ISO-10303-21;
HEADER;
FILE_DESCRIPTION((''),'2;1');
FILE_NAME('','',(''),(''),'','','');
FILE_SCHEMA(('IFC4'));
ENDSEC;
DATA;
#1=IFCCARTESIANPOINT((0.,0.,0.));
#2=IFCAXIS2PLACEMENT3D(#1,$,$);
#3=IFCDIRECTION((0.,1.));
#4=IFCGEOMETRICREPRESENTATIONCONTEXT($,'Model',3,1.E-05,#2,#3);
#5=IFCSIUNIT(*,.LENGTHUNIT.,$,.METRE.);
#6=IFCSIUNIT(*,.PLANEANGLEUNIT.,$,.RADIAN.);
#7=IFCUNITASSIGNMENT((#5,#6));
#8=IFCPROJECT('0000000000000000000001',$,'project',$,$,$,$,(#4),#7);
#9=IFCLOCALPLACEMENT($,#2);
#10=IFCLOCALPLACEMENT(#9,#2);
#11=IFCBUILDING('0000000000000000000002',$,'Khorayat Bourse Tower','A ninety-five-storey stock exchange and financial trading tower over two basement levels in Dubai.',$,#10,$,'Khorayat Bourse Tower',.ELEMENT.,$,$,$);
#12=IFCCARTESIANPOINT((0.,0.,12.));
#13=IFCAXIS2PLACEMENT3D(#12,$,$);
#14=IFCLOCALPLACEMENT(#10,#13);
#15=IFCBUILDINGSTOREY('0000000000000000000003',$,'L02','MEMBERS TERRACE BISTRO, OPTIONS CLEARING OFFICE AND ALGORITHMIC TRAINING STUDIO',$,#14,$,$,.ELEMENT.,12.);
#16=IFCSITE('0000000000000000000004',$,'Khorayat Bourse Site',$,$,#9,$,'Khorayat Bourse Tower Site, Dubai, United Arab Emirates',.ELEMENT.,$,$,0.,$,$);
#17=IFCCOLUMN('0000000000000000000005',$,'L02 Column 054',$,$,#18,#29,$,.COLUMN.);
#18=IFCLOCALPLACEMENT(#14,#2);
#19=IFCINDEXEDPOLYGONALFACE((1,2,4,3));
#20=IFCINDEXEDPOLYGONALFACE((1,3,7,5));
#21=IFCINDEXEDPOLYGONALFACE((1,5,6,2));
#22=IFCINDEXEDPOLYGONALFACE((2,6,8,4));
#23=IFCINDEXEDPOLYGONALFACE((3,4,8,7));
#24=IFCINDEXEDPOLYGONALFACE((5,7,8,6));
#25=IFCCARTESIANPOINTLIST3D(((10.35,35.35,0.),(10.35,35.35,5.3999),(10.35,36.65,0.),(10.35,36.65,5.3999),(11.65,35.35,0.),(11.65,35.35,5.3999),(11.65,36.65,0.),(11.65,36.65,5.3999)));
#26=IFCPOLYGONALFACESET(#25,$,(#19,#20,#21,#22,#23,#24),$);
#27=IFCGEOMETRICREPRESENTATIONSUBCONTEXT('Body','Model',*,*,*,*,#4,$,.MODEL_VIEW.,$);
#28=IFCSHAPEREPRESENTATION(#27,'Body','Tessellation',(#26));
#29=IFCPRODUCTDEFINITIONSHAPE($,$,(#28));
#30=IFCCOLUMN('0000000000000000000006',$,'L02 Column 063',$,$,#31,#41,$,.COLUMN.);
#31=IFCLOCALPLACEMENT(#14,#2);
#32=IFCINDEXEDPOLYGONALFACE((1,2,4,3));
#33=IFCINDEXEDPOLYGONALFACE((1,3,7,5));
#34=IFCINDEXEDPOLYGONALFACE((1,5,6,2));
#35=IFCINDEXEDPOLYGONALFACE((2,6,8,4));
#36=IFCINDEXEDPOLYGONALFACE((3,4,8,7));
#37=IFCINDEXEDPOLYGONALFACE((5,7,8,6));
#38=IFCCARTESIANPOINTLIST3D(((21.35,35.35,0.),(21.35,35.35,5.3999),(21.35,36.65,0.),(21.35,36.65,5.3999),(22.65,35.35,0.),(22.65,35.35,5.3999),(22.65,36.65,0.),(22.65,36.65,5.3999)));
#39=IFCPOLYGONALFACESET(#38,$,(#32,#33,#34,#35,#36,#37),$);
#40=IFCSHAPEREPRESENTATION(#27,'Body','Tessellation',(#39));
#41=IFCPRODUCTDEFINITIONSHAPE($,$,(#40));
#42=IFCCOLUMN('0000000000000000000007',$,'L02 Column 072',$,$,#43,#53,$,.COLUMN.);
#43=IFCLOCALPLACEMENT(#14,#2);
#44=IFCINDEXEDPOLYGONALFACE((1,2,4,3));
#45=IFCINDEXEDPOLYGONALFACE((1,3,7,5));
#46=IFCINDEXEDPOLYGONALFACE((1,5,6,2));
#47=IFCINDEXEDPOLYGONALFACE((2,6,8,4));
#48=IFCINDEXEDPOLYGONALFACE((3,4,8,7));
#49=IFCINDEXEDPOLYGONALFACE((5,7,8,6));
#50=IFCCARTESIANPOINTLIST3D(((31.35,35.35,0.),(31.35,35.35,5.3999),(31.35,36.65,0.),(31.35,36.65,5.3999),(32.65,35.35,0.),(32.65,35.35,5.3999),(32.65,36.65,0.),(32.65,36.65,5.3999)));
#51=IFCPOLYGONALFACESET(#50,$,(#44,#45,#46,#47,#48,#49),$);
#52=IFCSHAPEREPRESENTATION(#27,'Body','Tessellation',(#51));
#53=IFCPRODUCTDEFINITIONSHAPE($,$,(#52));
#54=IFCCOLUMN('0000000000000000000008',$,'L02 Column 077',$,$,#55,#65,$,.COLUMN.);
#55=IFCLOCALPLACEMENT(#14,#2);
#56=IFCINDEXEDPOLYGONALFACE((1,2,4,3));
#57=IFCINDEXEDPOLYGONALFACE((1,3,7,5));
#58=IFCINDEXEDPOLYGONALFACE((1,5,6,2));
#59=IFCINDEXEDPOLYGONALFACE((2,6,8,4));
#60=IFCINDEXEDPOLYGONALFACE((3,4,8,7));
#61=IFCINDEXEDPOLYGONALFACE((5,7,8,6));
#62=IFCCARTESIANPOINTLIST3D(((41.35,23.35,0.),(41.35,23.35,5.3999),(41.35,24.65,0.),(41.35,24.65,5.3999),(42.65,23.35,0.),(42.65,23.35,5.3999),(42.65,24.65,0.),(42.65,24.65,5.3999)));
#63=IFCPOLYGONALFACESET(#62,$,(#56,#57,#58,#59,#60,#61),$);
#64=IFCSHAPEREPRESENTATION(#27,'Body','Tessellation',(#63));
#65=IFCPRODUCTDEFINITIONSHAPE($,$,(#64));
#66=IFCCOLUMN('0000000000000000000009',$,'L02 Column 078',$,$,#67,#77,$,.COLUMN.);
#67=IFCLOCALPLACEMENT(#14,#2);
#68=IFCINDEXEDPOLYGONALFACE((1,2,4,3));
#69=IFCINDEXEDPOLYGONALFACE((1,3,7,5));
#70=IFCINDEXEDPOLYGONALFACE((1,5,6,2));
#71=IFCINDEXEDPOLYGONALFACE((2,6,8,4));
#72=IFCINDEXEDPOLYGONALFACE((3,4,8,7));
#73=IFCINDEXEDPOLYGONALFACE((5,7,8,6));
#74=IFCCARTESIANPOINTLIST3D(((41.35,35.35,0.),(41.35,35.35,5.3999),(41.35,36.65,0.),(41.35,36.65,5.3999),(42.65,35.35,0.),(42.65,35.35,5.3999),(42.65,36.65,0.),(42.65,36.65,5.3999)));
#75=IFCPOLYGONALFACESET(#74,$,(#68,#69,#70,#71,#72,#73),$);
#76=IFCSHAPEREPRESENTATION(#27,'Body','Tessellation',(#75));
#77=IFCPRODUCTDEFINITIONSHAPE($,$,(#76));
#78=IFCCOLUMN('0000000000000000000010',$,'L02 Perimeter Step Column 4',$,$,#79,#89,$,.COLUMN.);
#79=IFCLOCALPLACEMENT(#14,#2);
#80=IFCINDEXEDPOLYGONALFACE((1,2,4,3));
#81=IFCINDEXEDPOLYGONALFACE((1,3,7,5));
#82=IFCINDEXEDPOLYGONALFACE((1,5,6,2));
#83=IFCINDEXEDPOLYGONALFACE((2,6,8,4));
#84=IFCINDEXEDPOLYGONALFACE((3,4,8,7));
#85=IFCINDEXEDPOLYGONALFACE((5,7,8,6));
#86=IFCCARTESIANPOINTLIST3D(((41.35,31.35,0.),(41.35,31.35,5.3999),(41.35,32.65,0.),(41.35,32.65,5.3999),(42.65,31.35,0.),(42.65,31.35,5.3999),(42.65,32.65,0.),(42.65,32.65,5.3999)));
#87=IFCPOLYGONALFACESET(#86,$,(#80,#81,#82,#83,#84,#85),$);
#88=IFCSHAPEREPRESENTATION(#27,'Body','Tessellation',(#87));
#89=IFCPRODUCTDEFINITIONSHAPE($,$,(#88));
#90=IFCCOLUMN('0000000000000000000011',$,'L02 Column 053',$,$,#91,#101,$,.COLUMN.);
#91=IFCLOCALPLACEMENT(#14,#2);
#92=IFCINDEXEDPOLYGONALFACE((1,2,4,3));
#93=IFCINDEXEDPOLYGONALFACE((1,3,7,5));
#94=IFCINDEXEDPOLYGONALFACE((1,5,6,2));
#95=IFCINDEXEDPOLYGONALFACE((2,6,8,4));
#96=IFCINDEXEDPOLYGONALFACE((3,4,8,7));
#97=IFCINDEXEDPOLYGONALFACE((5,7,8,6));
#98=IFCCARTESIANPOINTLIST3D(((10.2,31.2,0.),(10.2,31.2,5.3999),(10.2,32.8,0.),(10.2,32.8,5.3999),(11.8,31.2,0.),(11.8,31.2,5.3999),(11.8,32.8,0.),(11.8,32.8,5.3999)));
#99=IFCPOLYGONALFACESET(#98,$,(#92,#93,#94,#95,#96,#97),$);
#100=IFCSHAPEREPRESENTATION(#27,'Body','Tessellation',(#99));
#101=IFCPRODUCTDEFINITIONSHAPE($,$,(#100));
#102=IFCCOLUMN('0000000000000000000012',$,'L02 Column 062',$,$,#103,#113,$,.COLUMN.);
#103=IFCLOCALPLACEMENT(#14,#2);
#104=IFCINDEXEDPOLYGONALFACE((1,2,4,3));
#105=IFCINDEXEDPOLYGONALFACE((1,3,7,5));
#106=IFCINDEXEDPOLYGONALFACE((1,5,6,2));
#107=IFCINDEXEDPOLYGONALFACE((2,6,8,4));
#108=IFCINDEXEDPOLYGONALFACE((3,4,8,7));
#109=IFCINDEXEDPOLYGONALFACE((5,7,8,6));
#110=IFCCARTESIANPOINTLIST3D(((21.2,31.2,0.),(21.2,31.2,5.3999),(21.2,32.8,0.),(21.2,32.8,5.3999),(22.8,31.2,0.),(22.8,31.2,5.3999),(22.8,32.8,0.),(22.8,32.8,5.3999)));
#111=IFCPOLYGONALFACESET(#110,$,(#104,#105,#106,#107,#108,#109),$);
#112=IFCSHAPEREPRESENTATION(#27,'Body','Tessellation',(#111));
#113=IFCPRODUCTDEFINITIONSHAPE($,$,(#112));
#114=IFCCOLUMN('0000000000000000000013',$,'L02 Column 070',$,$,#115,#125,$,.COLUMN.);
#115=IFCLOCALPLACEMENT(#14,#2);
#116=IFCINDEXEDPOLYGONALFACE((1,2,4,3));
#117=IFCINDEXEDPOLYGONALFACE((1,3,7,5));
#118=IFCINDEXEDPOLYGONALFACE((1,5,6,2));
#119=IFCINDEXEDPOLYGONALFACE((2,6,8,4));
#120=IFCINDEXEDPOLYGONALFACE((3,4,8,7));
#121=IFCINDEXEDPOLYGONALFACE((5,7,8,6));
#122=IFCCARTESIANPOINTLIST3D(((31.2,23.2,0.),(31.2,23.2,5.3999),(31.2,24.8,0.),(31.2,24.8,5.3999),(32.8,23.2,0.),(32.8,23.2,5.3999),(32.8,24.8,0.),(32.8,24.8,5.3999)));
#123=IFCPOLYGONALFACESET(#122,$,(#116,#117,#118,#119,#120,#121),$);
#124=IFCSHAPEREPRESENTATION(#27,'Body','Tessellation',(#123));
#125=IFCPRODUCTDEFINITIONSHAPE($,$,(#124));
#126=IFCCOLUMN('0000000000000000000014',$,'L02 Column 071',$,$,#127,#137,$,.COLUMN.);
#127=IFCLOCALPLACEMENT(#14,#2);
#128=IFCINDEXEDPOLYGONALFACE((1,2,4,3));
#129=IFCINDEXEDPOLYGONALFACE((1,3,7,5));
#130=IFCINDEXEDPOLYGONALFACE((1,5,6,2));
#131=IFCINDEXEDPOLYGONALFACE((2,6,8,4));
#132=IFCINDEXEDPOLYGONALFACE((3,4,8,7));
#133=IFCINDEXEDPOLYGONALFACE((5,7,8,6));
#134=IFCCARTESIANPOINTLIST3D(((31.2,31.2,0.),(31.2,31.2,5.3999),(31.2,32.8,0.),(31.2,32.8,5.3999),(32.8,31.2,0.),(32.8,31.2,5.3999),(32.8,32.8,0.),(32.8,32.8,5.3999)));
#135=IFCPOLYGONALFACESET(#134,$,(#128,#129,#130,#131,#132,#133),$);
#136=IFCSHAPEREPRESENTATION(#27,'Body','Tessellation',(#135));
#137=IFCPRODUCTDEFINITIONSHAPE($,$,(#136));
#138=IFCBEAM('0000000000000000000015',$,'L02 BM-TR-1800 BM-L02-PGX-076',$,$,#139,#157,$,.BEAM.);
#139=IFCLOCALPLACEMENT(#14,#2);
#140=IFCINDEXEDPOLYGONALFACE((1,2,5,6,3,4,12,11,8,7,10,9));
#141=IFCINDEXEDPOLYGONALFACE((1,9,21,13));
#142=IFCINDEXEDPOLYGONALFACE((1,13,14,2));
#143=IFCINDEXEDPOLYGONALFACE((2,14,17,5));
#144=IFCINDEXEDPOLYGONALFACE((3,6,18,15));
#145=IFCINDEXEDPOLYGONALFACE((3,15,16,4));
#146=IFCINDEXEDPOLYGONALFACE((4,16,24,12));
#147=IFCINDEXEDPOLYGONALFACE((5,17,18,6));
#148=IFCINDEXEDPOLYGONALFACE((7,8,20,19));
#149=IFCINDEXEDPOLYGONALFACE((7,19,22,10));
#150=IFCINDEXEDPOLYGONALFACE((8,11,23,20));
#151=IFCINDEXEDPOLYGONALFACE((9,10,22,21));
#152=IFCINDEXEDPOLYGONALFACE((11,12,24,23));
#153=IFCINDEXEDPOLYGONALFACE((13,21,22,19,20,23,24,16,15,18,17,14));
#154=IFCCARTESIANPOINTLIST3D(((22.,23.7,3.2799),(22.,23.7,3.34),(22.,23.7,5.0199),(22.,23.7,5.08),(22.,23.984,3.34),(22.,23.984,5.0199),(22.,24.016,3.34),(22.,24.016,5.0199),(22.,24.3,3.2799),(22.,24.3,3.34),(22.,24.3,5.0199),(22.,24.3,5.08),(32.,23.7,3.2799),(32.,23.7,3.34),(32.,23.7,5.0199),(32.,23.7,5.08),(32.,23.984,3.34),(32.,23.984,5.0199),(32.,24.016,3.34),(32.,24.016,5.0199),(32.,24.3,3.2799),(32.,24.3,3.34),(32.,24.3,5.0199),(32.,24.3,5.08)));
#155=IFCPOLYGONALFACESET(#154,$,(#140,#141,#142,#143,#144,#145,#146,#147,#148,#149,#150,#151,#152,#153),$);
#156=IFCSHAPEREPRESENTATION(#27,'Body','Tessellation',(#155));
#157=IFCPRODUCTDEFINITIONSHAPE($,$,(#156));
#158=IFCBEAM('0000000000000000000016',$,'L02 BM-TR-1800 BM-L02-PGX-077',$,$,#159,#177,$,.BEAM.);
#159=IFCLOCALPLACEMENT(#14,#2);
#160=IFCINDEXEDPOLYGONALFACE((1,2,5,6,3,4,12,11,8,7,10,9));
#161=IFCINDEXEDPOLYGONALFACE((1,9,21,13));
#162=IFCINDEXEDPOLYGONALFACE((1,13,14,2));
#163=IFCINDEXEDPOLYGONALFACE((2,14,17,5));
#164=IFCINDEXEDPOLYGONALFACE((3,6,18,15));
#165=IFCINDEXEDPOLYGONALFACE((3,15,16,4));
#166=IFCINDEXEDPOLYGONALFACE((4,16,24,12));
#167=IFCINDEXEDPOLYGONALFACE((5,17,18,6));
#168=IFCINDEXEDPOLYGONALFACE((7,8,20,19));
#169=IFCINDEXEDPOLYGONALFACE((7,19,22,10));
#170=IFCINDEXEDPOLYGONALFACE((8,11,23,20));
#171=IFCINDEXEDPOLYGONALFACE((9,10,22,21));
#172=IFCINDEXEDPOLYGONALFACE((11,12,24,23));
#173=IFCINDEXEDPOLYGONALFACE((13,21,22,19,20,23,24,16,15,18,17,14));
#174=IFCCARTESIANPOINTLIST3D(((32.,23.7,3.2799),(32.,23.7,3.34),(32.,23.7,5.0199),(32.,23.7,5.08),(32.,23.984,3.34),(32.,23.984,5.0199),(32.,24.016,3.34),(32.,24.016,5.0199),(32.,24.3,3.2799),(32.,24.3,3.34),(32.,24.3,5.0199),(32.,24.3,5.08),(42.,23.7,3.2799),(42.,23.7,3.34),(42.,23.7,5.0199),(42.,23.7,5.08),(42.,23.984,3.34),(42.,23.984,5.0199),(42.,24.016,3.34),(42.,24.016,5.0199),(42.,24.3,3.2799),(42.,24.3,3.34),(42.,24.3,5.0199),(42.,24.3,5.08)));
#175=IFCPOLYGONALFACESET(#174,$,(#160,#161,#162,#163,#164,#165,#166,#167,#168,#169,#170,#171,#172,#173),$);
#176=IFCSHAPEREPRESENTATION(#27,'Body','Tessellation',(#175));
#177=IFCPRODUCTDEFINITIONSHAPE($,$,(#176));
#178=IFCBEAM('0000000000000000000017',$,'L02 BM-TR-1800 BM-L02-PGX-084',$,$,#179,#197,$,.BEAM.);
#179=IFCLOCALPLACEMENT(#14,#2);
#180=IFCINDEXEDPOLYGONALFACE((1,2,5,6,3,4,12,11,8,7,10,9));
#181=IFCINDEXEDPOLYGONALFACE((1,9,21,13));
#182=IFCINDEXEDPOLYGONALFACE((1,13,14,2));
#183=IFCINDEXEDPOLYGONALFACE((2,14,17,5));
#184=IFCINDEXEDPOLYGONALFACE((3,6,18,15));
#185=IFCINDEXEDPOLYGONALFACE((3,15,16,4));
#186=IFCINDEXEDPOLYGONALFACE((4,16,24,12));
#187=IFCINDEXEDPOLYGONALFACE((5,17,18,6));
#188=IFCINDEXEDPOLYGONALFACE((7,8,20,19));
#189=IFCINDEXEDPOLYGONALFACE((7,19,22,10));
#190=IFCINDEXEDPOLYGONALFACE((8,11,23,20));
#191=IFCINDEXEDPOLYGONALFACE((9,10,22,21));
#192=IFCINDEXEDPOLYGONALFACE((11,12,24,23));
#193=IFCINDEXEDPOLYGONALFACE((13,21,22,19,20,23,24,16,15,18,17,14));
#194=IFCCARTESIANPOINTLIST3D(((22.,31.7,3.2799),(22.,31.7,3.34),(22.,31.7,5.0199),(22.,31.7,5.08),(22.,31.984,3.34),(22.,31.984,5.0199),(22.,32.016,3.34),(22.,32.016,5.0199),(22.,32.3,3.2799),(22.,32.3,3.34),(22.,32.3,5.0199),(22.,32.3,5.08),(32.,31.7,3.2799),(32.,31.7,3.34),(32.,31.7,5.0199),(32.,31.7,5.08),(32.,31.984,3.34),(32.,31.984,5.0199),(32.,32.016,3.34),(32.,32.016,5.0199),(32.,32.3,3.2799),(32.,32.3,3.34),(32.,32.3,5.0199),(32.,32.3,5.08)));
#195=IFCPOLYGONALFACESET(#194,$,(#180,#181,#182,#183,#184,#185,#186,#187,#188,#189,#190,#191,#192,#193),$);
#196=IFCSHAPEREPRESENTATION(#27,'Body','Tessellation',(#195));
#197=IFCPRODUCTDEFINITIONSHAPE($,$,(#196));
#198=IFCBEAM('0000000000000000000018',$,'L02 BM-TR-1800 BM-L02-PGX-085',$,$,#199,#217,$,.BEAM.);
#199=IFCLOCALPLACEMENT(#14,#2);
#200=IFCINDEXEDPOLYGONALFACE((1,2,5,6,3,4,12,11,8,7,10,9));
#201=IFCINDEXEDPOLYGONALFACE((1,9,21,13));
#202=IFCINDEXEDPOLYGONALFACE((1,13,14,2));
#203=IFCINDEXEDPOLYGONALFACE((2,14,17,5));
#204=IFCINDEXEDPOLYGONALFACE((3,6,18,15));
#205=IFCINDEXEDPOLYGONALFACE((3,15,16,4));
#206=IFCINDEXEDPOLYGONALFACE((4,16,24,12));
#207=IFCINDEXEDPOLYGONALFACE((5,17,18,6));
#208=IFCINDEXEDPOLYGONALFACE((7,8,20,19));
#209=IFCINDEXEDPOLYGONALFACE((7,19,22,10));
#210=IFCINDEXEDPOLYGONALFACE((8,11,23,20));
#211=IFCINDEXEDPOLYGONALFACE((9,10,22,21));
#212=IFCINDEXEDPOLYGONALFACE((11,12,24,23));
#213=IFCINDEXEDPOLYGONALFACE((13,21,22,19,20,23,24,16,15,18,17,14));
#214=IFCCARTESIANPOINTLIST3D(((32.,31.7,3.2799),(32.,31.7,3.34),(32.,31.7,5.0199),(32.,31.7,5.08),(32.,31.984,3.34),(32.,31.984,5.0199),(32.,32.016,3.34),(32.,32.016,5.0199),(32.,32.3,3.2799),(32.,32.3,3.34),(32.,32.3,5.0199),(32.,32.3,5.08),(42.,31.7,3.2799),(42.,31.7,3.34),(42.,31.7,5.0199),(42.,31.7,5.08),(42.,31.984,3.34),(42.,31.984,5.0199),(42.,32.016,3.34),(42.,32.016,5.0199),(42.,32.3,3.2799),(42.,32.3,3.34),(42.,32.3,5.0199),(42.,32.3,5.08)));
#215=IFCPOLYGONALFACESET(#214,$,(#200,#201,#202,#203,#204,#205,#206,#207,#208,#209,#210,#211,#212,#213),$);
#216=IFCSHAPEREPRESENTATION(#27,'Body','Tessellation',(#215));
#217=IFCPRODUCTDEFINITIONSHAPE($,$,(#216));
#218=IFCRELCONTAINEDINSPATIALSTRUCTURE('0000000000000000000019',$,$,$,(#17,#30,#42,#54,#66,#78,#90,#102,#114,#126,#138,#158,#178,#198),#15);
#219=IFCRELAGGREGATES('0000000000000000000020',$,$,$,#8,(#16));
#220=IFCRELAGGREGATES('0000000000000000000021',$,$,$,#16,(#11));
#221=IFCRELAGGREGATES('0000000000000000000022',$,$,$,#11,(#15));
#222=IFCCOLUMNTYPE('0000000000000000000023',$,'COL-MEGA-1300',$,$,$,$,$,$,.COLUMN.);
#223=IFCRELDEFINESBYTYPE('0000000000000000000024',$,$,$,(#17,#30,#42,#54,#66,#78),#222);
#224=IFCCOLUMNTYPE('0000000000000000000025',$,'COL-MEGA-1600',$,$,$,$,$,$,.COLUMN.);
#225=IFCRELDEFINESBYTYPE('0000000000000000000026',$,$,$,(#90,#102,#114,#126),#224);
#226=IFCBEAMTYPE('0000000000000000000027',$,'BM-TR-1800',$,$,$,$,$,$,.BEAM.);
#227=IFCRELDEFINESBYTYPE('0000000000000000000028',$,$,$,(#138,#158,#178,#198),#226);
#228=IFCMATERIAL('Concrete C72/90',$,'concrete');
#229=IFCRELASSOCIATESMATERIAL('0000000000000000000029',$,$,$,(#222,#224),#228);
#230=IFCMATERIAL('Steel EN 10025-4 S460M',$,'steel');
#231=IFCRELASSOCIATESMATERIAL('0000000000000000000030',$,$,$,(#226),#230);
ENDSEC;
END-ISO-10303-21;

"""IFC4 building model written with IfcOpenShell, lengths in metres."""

from ifc_helpers import new_model, si_unit, direction, frame, origin, origin_2d, place, context, subcontext, project, spatial, rectangle, i_section, extrude, source, transform, mapped, material, material_profile, profile_set, type_object, element, save


model = new_model("IFC4")

# Units and contexts
model_context = context("Model", 3, precision=1e-05, world=origin(), true_north=direction((0.0, 1.0)))
body_context = subcontext(model_context, "Body", "Model", "MODEL_VIEW")
ifc_project = project(units=[si_unit("LENGTHUNIT", "METRE"), si_unit("PLANEANGLEUNIT", "RADIAN")], contexts=[model_context])

# Site, building, storey
site_placement = place(None, origin())
site = spatial("IfcSite", under=ifc_project, at=site_placement, Name="Khorayat Bourse Site", LongName="Khorayat Bourse Tower Site, Dubai, United Arab Emirates", CompositionType="ELEMENT", RefElevation=0.0)
building_placement = place(site_placement, origin())
building = spatial("IfcBuilding", under=site, at=building_placement, Name="Khorayat Bourse Tower", Description="A ninety-five-storey stock exchange and financial trading tower over two basement levels in Dubai.", LongName="Khorayat Bourse Tower", CompositionType="ELEMENT")
storey_placement = place(building_placement, frame((0.0, 0.0, 12.0)))
storey = spatial("IfcBuildingStorey", under=building, at=storey_placement, Name="L02", Description="MEMBERS TERRACE BISTRO, OPTIONS CLEARING OFFICE AND ALGORITHMIC TRAINING STUDIO", CompositionType="ELEMENT", Elevation=12.0)

# Columns
ifc_material_1 = material(Name="Concrete C72/90", Category="concrete")
ifc_material_profile_1 = material_profile(ifc_material_1, rectangle(XDim=1.3, YDim=1.3, at=origin_2d()), Name="RC 1300x1300")
ifc_profile_set_1 = profile_set([ifc_material_profile_1], Name="Concrete C72/90")
column_type_1 = type_object("IfcColumnType", Name="COL-MEGA-1300", PredefinedType="COLUMN", material=ifc_profile_set_1)
shared_shape_1 = source(origin(), body_context, "Body", "SweptSolid", [
    extrude(rectangle(XDim=1.3, YDim=1.3, at=origin_2d()), origin(), (0.0, 0.0, 1.0), 5.3999),
])
for number, where, z_axis, x_axis, name in (
    (1, (11.0, 36.0, 0.0), (0.0, 0.0, 1.0), (1.0, 0.0, 0.0), "L02 Column 054"),
    (2, (22.0, 36.0, 0.0), (0.0, 0.0, 1.0), (1.0, 0.0, 0.0), "L02 Column 063"),
    (3, (32.0, 36.0, 0.0), (0.0, 0.0, 1.0), (1.0, 0.0, 0.0), "L02 Column 072"),
    (4, (42.0, 24.0, 0.0), (0.0, 0.0, 1.0), (1.0, 0.0, 0.0), "L02 Column 077"),
    (5, (42.0, 36.0, 0.0), (0.0, 0.0, 1.0), (1.0, 0.0, 0.0), "L02 Column 078"),
    (6, (42.0, 32.0, 0.0), (0.0, 0.0, 1.0), (1.0, 0.0, 0.0), "L02 Perimeter Step Column 4"),
):
    element("IfcColumn", number, at=place(storey_placement, frame(where, z_axis=z_axis, x_axis=x_axis)), inside=storey, type_object=column_type_1, Name=name, PredefinedType="COLUMN", context=body_context, shape_type="MappedRepresentation", body=[
        mapped(shared_shape_1, transform((0.0, 0.0, 0.0), scale=1.0)),
    ])
ifc_material_profile_2 = material_profile(ifc_material_1, rectangle(XDim=1.6001, YDim=1.6001, at=origin_2d()), Name="RC 1600x1600")
ifc_profile_set_2 = profile_set([ifc_material_profile_2], Name="Concrete C72/90")
column_type_2 = type_object("IfcColumnType", Name="COL-MEGA-1600", PredefinedType="COLUMN", material=ifc_profile_set_2)
shared_shape_2 = source(origin(), body_context, "Body", "SweptSolid", [
    extrude(rectangle(XDim=1.6001, YDim=1.6001, at=origin_2d()), origin(), (0.0, 0.0, 1.0), 5.3999),
])
for number, where, z_axis, x_axis, name in (
    (7, (11.0, 32.0, 0.0), (0.0, 0.0, 1.0), (1.0, 0.0, 0.0), "L02 Column 053"),
    (8, (22.0, 32.0, 0.0), (0.0, 0.0, 1.0), (1.0, 0.0, 0.0), "L02 Column 062"),
    (9, (32.0, 24.0, 0.0), (0.0, 0.0, 1.0), (1.0, 0.0, 0.0), "L02 Column 070"),
    (10, (32.0, 32.0, 0.0), (0.0, 0.0, 1.0), (1.0, 0.0, 0.0), "L02 Column 071"),
):
    element("IfcColumn", number, at=place(storey_placement, frame(where, z_axis=z_axis, x_axis=x_axis)), inside=storey, type_object=column_type_2, Name=name, PredefinedType="COLUMN", context=body_context, shape_type="MappedRepresentation", body=[
        mapped(shared_shape_2, transform((0.0, 0.0, 0.0), scale=1.0)),
    ])

# Beams
ifc_material_2 = material(Name="Steel EN 10025-4 S460M", Category="steel")
ifc_material_profile_3 = material_profile(ifc_material_2, i_section(OverallWidth=0.6001, OverallDepth=1.8, WebThickness=0.032, FlangeThickness=0.0601, at=origin_2d()), Name="PG 1800x600x32x60")
ifc_profile_set_3 = profile_set([ifc_material_profile_3], Name="Steel EN 10025-4 S460M")
beam_type_1 = type_object("IfcBeamType", Name="BM-TR-1800", PredefinedType="BEAM", material=ifc_profile_set_3)
shared_shape_3 = source(origin(), body_context, "Body", "SweptSolid", [
    extrude(i_section(OverallWidth=0.6001, OverallDepth=1.8, WebThickness=0.032, FlangeThickness=0.0601, at=origin_2d()), origin(), (0.0, 0.0, 1.0), 10.0),
])
for number, where, z_axis, x_axis, name in (
    (11, (22.0, 24.0, 4.1799), (1.0, 0.0, 0.0), (0.0, 1.0, 0.0), "L02 BM-TR-1800 BM-L02-PGX-076"),
    (12, (32.0, 24.0, 4.1799), (1.0, 0.0, 0.0), (0.0, 1.0, 0.0), "L02 BM-TR-1800 BM-L02-PGX-077"),
    (13, (22.0, 32.0, 4.1799), (1.0, 0.0, 0.0), (0.0, 1.0, 0.0), "L02 BM-TR-1800 BM-L02-PGX-084"),
    (14, (32.0, 32.0, 4.1799), (1.0, 0.0, 0.0), (0.0, 1.0, 0.0), "L02 BM-TR-1800 BM-L02-PGX-085"),
):
    element("IfcBeam", number, at=place(storey_placement, frame(where, z_axis=z_axis, x_axis=x_axis)), inside=storey, type_object=beam_type_1, Name=name, PredefinedType="BEAM", context=body_context, shape_type="MappedRepresentation", body=[
        mapped(shared_shape_3, transform((0.0, 0.0, 0.0), scale=1.0)),
    ])

save(model, "model.ifc")
